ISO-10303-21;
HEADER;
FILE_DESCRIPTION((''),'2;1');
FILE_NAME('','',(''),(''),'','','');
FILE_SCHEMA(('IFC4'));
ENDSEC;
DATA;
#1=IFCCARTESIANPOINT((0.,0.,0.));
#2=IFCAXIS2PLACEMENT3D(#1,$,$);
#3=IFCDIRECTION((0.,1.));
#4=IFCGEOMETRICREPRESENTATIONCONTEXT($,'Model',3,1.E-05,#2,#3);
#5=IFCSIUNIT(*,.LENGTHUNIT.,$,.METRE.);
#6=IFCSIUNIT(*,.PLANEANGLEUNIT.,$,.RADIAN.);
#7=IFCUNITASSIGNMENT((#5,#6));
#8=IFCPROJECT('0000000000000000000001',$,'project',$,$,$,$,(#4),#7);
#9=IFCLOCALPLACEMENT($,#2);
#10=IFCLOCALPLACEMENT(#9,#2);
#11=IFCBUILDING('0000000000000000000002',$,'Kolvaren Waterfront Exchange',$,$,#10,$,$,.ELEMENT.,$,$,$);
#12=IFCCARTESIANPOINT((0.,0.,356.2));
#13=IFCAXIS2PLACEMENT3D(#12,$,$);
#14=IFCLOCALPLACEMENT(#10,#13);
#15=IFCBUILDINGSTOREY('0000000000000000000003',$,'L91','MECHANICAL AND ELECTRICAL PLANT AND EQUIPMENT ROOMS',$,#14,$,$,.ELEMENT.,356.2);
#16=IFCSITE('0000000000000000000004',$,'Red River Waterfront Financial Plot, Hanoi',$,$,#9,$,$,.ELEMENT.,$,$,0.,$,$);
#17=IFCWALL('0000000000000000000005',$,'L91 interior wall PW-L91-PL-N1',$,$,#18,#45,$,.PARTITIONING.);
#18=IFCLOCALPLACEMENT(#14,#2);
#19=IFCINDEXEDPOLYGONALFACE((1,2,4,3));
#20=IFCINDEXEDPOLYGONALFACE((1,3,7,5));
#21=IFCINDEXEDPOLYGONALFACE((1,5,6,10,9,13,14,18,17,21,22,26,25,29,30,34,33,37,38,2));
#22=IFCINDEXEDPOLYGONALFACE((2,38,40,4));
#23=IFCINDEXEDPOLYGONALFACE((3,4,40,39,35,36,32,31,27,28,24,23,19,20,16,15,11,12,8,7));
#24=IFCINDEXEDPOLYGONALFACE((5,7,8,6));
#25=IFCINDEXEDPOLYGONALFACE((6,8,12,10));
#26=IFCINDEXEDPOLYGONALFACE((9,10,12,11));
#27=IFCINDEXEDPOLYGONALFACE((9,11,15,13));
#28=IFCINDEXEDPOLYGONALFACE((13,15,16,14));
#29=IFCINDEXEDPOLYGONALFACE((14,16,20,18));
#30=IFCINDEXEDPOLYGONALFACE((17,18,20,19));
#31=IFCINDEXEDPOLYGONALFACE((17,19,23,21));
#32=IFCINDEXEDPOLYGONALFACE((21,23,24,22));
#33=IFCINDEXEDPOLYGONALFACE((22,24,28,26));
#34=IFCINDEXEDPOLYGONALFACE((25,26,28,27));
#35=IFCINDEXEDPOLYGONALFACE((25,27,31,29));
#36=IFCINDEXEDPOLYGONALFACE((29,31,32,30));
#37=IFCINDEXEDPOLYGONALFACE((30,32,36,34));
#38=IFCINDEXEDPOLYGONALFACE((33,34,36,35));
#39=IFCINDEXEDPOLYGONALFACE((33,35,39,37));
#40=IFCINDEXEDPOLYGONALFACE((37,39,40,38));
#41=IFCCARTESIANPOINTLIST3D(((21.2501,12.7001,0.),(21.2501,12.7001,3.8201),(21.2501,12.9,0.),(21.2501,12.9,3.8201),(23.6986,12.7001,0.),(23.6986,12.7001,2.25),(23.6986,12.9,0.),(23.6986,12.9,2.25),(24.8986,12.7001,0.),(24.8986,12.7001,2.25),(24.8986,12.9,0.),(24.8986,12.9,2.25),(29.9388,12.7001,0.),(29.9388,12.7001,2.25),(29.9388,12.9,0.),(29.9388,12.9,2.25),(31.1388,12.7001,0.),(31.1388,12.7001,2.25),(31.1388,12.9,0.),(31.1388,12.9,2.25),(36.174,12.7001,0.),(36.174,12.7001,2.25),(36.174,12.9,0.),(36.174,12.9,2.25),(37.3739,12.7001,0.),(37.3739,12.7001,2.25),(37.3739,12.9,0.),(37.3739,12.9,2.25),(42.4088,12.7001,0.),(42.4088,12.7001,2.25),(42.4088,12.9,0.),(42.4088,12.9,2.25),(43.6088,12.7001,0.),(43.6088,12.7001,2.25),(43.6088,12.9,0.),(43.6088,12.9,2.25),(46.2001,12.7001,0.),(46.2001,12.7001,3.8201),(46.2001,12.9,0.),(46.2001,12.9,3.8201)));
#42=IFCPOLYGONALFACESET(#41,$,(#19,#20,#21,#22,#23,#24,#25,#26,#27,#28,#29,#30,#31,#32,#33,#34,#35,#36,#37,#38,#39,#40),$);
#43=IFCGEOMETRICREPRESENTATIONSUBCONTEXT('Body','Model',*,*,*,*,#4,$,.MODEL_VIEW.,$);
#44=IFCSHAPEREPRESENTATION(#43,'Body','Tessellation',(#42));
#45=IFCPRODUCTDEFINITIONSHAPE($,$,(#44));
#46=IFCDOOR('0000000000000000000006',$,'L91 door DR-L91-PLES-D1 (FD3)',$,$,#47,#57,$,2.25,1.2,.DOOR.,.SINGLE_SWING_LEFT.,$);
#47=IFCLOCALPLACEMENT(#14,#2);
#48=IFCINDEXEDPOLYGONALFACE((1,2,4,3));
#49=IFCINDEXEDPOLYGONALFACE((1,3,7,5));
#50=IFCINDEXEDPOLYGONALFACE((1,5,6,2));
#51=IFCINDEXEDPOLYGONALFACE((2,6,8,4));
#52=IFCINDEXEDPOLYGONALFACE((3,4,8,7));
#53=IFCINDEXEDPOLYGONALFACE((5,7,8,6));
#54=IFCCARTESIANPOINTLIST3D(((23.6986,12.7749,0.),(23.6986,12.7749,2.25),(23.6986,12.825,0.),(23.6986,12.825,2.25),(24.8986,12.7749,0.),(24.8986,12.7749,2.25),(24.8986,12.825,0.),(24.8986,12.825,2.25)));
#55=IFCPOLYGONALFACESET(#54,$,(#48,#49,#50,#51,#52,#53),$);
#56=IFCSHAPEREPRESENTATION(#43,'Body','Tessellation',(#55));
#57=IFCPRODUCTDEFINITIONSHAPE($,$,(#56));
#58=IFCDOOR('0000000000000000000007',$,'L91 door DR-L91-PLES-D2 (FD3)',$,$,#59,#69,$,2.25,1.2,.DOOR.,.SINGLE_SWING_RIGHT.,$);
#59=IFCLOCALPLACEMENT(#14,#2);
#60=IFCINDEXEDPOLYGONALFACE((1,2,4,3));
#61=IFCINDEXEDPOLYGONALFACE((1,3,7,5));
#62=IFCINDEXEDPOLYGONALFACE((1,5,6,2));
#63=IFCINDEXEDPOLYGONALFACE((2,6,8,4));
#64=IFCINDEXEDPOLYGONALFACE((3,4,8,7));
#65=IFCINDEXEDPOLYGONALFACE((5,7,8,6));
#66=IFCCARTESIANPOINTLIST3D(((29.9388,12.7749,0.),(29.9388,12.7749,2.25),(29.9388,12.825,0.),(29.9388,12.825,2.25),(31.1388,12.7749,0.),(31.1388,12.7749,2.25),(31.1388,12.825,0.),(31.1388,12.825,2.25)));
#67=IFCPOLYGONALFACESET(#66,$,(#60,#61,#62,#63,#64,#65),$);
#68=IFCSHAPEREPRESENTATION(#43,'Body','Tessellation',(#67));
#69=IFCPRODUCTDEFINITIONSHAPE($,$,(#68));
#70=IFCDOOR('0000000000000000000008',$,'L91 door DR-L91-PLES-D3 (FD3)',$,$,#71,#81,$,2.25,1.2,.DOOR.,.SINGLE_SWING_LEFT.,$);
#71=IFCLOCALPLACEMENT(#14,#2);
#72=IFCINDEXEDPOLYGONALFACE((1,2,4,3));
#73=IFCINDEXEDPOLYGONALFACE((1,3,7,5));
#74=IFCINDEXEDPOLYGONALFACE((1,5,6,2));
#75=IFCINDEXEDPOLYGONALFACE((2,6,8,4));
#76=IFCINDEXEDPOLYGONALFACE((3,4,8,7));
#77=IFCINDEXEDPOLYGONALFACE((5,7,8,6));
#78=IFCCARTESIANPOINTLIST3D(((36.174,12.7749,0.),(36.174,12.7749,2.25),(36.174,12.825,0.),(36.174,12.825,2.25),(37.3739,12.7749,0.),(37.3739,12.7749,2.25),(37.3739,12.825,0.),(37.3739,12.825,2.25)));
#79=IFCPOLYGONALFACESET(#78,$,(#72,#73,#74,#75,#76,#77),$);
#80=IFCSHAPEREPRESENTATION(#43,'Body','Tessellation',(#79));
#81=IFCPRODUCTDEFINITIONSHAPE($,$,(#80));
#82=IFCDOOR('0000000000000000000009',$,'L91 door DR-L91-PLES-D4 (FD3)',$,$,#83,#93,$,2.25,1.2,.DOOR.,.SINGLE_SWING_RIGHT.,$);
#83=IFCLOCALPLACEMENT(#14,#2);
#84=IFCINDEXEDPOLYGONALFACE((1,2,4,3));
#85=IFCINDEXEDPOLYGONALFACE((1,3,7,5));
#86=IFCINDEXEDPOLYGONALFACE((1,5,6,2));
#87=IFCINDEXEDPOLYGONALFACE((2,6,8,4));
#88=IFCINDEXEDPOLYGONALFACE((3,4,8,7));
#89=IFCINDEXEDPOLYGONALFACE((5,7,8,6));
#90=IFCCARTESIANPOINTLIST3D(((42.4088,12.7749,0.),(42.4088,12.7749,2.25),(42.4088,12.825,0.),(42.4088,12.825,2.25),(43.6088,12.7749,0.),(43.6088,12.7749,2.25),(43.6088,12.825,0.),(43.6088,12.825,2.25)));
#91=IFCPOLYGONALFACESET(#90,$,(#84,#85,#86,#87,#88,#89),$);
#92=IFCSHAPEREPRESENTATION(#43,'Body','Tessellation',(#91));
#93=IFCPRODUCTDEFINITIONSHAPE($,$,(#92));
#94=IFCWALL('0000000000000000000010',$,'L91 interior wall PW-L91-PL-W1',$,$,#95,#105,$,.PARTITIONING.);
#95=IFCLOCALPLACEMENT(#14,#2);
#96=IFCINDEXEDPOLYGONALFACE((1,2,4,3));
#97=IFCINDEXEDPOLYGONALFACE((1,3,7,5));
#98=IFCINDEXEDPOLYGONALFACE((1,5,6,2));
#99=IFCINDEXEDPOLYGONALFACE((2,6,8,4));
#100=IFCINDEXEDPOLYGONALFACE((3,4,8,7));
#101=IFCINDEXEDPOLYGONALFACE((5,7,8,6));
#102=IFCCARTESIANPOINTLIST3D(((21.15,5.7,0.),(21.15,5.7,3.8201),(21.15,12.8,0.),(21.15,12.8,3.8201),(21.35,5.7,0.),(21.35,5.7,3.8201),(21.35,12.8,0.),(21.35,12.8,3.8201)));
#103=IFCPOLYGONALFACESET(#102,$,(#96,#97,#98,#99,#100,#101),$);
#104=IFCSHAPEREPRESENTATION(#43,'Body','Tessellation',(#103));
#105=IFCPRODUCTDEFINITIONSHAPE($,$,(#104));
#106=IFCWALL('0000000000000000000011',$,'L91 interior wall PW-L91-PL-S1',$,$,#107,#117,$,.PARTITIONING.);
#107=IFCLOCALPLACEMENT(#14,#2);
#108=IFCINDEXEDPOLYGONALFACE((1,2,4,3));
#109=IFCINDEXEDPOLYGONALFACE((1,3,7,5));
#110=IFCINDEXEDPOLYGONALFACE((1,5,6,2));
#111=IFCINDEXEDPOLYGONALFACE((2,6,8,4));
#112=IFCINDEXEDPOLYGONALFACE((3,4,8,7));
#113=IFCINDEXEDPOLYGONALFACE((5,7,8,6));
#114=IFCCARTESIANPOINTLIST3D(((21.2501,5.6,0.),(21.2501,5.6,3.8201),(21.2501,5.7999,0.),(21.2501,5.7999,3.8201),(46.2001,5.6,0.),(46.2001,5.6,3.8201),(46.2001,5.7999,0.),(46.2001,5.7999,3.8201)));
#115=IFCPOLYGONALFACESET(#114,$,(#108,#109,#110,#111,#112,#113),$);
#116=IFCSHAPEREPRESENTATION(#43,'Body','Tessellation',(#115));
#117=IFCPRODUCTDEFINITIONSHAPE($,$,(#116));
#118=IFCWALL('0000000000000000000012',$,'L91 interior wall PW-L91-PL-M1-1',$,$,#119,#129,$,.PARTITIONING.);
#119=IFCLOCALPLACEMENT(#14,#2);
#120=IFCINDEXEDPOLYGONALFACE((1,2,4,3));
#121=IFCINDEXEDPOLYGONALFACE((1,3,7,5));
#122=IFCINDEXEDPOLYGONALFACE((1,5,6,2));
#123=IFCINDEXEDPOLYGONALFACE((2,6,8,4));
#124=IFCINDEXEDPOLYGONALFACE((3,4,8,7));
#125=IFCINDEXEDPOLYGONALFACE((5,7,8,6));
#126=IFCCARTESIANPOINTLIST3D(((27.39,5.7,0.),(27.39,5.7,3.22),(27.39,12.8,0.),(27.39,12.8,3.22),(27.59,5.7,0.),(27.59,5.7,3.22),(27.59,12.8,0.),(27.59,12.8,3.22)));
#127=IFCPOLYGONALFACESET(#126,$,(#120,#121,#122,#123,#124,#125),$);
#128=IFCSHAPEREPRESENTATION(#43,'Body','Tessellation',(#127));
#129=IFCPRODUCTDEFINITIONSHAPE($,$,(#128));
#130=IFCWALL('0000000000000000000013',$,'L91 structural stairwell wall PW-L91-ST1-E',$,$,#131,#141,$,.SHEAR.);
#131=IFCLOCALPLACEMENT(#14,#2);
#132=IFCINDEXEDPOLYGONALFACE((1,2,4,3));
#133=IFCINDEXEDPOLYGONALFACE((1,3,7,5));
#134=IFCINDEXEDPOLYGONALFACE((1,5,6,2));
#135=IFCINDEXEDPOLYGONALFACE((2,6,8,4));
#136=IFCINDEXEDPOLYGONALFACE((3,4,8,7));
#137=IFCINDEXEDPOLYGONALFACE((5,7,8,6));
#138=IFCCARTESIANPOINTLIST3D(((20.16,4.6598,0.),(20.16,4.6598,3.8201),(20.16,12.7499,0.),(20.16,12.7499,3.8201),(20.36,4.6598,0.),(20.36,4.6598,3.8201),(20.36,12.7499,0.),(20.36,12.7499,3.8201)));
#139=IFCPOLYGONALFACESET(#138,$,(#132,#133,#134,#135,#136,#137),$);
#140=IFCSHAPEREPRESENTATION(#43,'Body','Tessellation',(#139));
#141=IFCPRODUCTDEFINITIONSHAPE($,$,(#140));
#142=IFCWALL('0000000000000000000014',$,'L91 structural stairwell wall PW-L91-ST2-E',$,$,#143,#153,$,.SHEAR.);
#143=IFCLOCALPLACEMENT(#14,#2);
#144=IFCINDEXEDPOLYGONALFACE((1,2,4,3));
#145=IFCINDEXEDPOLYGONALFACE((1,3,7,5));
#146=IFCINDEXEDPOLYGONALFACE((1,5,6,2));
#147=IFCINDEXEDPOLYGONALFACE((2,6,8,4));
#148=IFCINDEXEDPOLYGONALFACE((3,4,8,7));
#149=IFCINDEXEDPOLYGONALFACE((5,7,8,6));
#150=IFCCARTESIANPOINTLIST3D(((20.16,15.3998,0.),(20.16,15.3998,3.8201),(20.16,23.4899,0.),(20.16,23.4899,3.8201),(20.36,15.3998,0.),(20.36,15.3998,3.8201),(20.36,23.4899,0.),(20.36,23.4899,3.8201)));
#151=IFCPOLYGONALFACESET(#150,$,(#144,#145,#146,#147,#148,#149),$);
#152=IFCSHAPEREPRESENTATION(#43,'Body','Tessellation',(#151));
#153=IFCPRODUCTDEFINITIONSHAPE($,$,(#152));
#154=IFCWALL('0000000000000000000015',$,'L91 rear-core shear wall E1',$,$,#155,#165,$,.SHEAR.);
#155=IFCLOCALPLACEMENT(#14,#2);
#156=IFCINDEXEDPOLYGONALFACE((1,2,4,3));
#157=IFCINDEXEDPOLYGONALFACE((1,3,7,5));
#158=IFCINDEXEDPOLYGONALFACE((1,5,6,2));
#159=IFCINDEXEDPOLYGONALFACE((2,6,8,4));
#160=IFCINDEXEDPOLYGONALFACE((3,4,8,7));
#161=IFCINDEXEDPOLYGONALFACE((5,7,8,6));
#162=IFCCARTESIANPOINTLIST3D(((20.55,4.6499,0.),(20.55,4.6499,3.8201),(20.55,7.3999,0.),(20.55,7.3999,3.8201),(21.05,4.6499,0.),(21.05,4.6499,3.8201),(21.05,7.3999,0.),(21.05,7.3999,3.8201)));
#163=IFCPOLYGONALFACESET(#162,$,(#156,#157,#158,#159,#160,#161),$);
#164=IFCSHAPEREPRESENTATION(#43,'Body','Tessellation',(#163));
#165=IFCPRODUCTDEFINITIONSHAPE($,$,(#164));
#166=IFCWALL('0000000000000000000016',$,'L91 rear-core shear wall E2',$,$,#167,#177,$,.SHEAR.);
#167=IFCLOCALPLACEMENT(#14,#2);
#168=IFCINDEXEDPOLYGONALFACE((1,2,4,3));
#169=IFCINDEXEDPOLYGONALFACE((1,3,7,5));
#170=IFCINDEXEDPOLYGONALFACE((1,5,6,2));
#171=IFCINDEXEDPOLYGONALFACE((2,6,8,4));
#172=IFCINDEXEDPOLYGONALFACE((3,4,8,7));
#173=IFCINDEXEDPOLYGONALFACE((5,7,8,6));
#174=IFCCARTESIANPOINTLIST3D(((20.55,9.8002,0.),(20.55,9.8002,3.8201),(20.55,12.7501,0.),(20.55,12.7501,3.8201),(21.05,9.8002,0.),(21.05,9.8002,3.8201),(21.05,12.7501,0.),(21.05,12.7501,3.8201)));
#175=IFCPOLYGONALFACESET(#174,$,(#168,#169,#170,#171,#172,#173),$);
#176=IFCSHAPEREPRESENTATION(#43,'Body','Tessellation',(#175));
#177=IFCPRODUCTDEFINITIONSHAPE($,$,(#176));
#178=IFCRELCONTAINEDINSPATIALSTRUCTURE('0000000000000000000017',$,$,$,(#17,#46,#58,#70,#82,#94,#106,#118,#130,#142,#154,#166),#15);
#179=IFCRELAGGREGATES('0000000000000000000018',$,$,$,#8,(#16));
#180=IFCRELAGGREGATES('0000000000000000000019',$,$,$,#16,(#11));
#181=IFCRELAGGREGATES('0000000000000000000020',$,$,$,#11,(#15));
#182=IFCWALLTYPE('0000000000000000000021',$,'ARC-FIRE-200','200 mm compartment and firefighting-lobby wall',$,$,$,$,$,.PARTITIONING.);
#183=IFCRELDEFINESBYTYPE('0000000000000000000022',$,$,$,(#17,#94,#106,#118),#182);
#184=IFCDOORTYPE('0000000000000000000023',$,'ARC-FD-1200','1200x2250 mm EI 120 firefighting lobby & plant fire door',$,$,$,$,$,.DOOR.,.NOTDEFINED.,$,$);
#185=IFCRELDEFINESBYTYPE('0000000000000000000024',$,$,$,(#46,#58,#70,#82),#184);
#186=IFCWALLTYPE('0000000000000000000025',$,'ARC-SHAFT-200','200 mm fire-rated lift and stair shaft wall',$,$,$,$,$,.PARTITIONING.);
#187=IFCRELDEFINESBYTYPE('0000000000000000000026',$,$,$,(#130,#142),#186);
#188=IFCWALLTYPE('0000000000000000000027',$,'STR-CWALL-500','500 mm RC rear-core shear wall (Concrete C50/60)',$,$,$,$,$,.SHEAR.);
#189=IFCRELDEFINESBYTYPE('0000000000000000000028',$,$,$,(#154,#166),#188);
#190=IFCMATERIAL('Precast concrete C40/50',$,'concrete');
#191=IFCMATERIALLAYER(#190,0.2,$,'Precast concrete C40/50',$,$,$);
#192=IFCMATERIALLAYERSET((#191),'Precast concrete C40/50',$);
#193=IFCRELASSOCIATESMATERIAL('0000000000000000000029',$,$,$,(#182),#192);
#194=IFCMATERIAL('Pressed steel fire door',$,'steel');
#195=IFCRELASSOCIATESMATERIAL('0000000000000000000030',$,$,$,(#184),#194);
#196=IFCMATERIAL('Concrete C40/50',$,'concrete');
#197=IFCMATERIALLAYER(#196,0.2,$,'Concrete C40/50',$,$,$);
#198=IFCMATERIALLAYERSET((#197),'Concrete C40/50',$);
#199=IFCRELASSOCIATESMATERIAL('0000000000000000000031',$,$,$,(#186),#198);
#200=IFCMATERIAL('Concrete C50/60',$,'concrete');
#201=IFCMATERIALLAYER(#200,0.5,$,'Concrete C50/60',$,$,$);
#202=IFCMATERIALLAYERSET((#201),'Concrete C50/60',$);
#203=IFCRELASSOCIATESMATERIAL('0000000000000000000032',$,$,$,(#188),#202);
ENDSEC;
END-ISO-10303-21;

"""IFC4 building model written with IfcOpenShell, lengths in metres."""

from ifc_helpers import new_model, si_unit, direction, frame, frame_2d, origin, place, context, subcontext, project, spatial, rectangle, extrude, material, layer, layer_set, type_object, element, fill, save


model = new_model("IFC4")

# Units and contexts
model_context = context("Model", 3, precision=1e-05, world=origin(), true_north=direction((0.0, 1.0)))
body_context = subcontext(model_context, "Body", "Model", "MODEL_VIEW")
ifc_project = project(units=[si_unit("LENGTHUNIT", "METRE"), si_unit("PLANEANGLEUNIT", "RADIAN")], contexts=[model_context])

# Site, building, storey
site_placement = place(None, origin())
site = spatial("IfcSite", under=ifc_project, at=site_placement, Name="Red River Waterfront Financial Plot, Hanoi", CompositionType="ELEMENT", RefElevation=0.0)
building_placement = place(site_placement, origin())
building = spatial("IfcBuilding", under=site, at=building_placement, Name="Kolvaren Waterfront Exchange", CompositionType="ELEMENT")
storey_placement = place(building_placement, frame((0.0, 0.0, 356.2)))
storey = spatial("IfcBuildingStorey", under=building, at=storey_placement, Name="L91", Description="MECHANICAL AND ELECTRICAL PLANT AND EQUIPMENT ROOMS", CompositionType="ELEMENT", Elevation=356.2)

# Shared definitions
ifc_material_1 = material(Name="Concrete C50/60", Category="concrete")

# Wall, openings, doors
ifc_material_2 = material(Name="Precast concrete C40/50", Category="concrete")
ifc_layer_1 = layer(ifc_material_2, 0.2, Name="Precast concrete C40/50")
ifc_layer_set_1 = layer_set([ifc_layer_1], Name="Precast concrete C40/50")
wall_type_1 = type_object("IfcWallType", Name="ARC-FIRE-200", Description="200 mm compartment and firefighting-lobby wall", PredefinedType="PARTITIONING", material=ifc_layer_set_1)
wall_1_placement = place(storey_placement, frame((21.25, 12.8, 0.0), z_axis=(0.0, 0.0, 1.0), x_axis=(1.0, 0.0, 0.0)))
wall_1 = element("IfcWall", 1, at=wall_1_placement, inside=storey, type_object=wall_type_1, Name="L91 interior wall PW-L91-PL-N1", PredefinedType="PARTITIONING", context=body_context, shape_type="SweptSolid", body=[
    extrude(rectangle(XDim=24.95, YDim=0.2, at=frame_2d((12.4751, 0.0))), origin(), (0.0, 0.0, 1.0), 3.8201),
])
opening_1_placement = place(wall_1_placement, frame((2.4485, 0.0, 0.0)))
opening_1 = element("IfcOpeningElement", 2, at=opening_1_placement, cuts=wall_1, PredefinedType="OPENING", context=body_context, shape_type="SweptSolid", body=[
    extrude(rectangle(XDim=1.2, YDim=2.25, at=frame_2d((0.6001, 1.125))), frame((0.0, 0.1099, 0.0), z_axis=(0.0, -1.0, 0.0), x_axis=(1.0, 0.0, 0.0)), (0.0, 0.0, 1.0), 0.22),
])
opening_2_placement = place(wall_1_placement, frame((8.6887, 0.0, 0.0)))
opening_2 = element("IfcOpeningElement", 3, at=opening_2_placement, cuts=wall_1, PredefinedType="OPENING", context=body_context, shape_type="SweptSolid", body=[
    extrude(rectangle(XDim=1.2, YDim=2.25, at=frame_2d((0.6001, 1.125))), frame((0.0, 0.1099, 0.0), z_axis=(0.0, -1.0, 0.0), x_axis=(1.0, 0.0, 0.0)), (0.0, 0.0, 1.0), 0.22),
])
opening_3_placement = place(wall_1_placement, frame((14.9238, 0.0, 0.0)))
opening_3 = element("IfcOpeningElement", 4, at=opening_3_placement, cuts=wall_1, PredefinedType="OPENING", context=body_context, shape_type="SweptSolid", body=[
    extrude(rectangle(XDim=1.2, YDim=2.25, at=frame_2d((0.6001, 1.125))), frame((0.0, 0.1099, 0.0), z_axis=(0.0, -1.0, 0.0), x_axis=(1.0, 0.0, 0.0)), (0.0, 0.0, 1.0), 0.22),
])
opening_4_placement = place(wall_1_placement, frame((21.1587, 0.0, 0.0)))
opening_4 = element("IfcOpeningElement", 5, at=opening_4_placement, cuts=wall_1, PredefinedType="OPENING", context=body_context, shape_type="SweptSolid", body=[
    extrude(rectangle(XDim=1.2, YDim=2.25, at=frame_2d((0.6001, 1.125))), frame((0.0, 0.1099, 0.0), z_axis=(0.0, -1.0, 0.0), x_axis=(1.0, 0.0, 0.0)), (0.0, 0.0, 1.0), 0.22),
])
ifc_material_3 = material(Name="Pressed steel fire door", Category="steel")
door_type = type_object("IfcDoorType", Name="ARC-FD-1200", Description="1200x2250 mm EI 120 firefighting lobby & plant fire door", OperationType="NOTDEFINED", PredefinedType="DOOR", material=ifc_material_3)
door_1_placement = place(opening_1_placement, origin())
door_1 = element("IfcDoor", 6, at=door_1_placement, inside=storey, type_object=door_type, Name="L91 door DR-L91-PLES-D1 (FD3)", OperationType="SINGLE_SWING_LEFT", OverallHeight=2.25, OverallWidth=1.2, PredefinedType="DOOR", context=body_context, shape_type="SweptSolid", body=[
    extrude(rectangle(XDim=1.2, YDim=2.25, at=frame_2d((0.6001, 1.125))), frame((0.0, 0.0249, 0.0), z_axis=(0.0, -1.0, 0.0), x_axis=(1.0, 0.0, 0.0)), (0.0, 0.0, 1.0), 0.05),
])
fill(opening_1, door_1)
door_2_placement = place(opening_2_placement, origin())
door_2 = element("IfcDoor", 7, at=door_2_placement, inside=storey, type_object=door_type, Name="L91 door DR-L91-PLES-D2 (FD3)", OperationType="SINGLE_SWING_RIGHT", OverallHeight=2.25, OverallWidth=1.2, PredefinedType="DOOR", context=body_context, shape_type="SweptSolid", body=[
    extrude(rectangle(XDim=1.2, YDim=2.25, at=frame_2d((0.6001, 1.125))), frame((0.0, 0.0249, 0.0), z_axis=(0.0, -1.0, 0.0), x_axis=(1.0, 0.0, 0.0)), (0.0, 0.0, 1.0), 0.05),
])
fill(opening_2, door_2)
door_3_placement = place(opening_3_placement, origin())
door_3 = element("IfcDoor", 8, at=door_3_placement, inside=storey, type_object=door_type, Name="L91 door DR-L91-PLES-D3 (FD3)", OperationType="SINGLE_SWING_LEFT", OverallHeight=2.25, OverallWidth=1.2, PredefinedType="DOOR", context=body_context, shape_type="SweptSolid", body=[
    extrude(rectangle(XDim=1.2, YDim=2.25, at=frame_2d((0.6001, 1.125))), frame((0.0, 0.0249, 0.0), z_axis=(0.0, -1.0, 0.0), x_axis=(1.0, 0.0, 0.0)), (0.0, 0.0, 1.0), 0.05),
])
fill(opening_3, door_3)
door_4_placement = place(opening_4_placement, origin())
door_4 = element("IfcDoor", 9, at=door_4_placement, inside=storey, type_object=door_type, Name="L91 door DR-L91-PLES-D4 (FD3)", OperationType="SINGLE_SWING_RIGHT", OverallHeight=2.25, OverallWidth=1.2, PredefinedType="DOOR", context=body_context, shape_type="SweptSolid", body=[
    extrude(rectangle(XDim=1.2, YDim=2.25, at=frame_2d((0.6001, 1.125))), frame((0.0, 0.0249, 0.0), z_axis=(0.0, -1.0, 0.0), x_axis=(1.0, 0.0, 0.0)), (0.0, 0.0, 1.0), 0.05),
])
fill(opening_4, door_4)

# Walls
wall_2_placement = place(storey_placement, frame((21.25, 5.7, 0.0), z_axis=(0.0, 0.0, 1.0), x_axis=(0.0, 1.0, 0.0)))
element("IfcWall", 10, at=wall_2_placement, inside=storey, type_object=wall_type_1, Name="L91 interior wall PW-L91-PL-W1", PredefinedType="PARTITIONING", context=body_context, shape_type="SweptSolid", body=[
    extrude(rectangle(XDim=7.1001, YDim=0.2, at=frame_2d((3.55, 0.0))), origin(), (0.0, 0.0, 1.0), 3.8201),
])
wall_3_placement = place(storey_placement, frame((21.25, 5.7, 0.0), z_axis=(0.0, 0.0, 1.0), x_axis=(1.0, 0.0, 0.0)))
element("IfcWall", 11, at=wall_3_placement, inside=storey, type_object=wall_type_1, Name="L91 interior wall PW-L91-PL-S1", PredefinedType="PARTITIONING", context=body_context, shape_type="SweptSolid", body=[
    extrude(rectangle(XDim=24.95, YDim=0.2, at=frame_2d((12.4751, 0.0))), origin(), (0.0, 0.0, 1.0), 3.8201),
])
wall_4_placement = place(storey_placement, frame((27.49, 5.7, 0.0), z_axis=(0.0, 0.0, 1.0), x_axis=(0.0, 1.0, 0.0)))
element("IfcWall", 12, at=wall_4_placement, inside=storey, type_object=wall_type_1, Name="L91 interior wall PW-L91-PL-M1-1", PredefinedType="PARTITIONING", context=body_context, shape_type="SweptSolid", body=[
    extrude(rectangle(XDim=7.1001, YDim=0.2, at=frame_2d((3.55, 0.0))), origin(), (0.0, 0.0, 1.0), 3.22),
])
ifc_material_4 = material(Name="Concrete C40/50", Category="concrete")
ifc_layer_2 = layer(ifc_material_4, 0.2, Name="Concrete C40/50")
ifc_layer_set_2 = layer_set([ifc_layer_2], Name="Concrete C40/50")
wall_type_2 = type_object("IfcWallType", Name="ARC-SHAFT-200", Description="200 mm fire-rated lift and stair shaft wall", PredefinedType="PARTITIONING", material=ifc_layer_set_2)
for number, where, z_axis, x_axis, name in (
    (13, (20.26, 4.6599, 0.0), (0.0, 0.0, 1.0), (0.0, 1.0, 0.0), "L91 structural stairwell wall PW-L91-ST1-E"),
    (14, (20.26, 15.3999, 0.0), (0.0, 0.0, 1.0), (0.0, 1.0, 0.0), "L91 structural stairwell wall PW-L91-ST2-E"),
):
    element("IfcWall", number, at=place(storey_placement, frame(where, z_axis=z_axis, x_axis=x_axis)), inside=storey, type_object=wall_type_2, Name=name, PredefinedType="SHEAR", context=body_context, shape_type="SweptSolid", body=[
        extrude(rectangle(XDim=8.0901, YDim=0.2, at=frame_2d((4.0449, 0.0))), origin(), (0.0, 0.0, 1.0), 3.8201),
    ])
ifc_layer_3 = layer(ifc_material_1, 0.5, Name="Concrete C50/60")
ifc_layer_set_3 = layer_set([ifc_layer_3], Name="Concrete C50/60")
wall_type_3 = type_object("IfcWallType", Name="STR-CWALL-500", Description="500 mm RC rear-core shear wall (Concrete C50/60)", PredefinedType="SHEAR", material=ifc_layer_set_3)
wall_5_placement = place(storey_placement, frame((20.8, 4.6499, 0.0), z_axis=(0.0, 0.0, 1.0), x_axis=(0.0, 1.0, 0.0)))
element("IfcWall", 15, at=wall_5_placement, inside=storey, type_object=wall_type_3, Name="L91 rear-core shear wall E1", PredefinedType="SHEAR", context=body_context, shape_type="SweptSolid", body=[
    extrude(rectangle(XDim=2.75, YDim=0.5, at=frame_2d((1.375, 0.0))), origin(), (0.0, 0.0, 1.0), 3.8201),
])
wall_6_placement = place(storey_placement, frame((20.8, 9.8, 0.0), z_axis=(0.0, 0.0, 1.0), x_axis=(0.0, 1.0, 0.0)))
element("IfcWall", 16, at=wall_6_placement, inside=storey, type_object=wall_type_3, Name="L91 rear-core shear wall E2", PredefinedType="SHEAR", context=body_context, shape_type="SweptSolid", body=[
    extrude(rectangle(XDim=2.95, YDim=0.5, at=frame_2d((1.4751, 0.0))), origin(), (0.0, 0.0, 1.0), 3.8201),
])

save(model, "model.ifc")
